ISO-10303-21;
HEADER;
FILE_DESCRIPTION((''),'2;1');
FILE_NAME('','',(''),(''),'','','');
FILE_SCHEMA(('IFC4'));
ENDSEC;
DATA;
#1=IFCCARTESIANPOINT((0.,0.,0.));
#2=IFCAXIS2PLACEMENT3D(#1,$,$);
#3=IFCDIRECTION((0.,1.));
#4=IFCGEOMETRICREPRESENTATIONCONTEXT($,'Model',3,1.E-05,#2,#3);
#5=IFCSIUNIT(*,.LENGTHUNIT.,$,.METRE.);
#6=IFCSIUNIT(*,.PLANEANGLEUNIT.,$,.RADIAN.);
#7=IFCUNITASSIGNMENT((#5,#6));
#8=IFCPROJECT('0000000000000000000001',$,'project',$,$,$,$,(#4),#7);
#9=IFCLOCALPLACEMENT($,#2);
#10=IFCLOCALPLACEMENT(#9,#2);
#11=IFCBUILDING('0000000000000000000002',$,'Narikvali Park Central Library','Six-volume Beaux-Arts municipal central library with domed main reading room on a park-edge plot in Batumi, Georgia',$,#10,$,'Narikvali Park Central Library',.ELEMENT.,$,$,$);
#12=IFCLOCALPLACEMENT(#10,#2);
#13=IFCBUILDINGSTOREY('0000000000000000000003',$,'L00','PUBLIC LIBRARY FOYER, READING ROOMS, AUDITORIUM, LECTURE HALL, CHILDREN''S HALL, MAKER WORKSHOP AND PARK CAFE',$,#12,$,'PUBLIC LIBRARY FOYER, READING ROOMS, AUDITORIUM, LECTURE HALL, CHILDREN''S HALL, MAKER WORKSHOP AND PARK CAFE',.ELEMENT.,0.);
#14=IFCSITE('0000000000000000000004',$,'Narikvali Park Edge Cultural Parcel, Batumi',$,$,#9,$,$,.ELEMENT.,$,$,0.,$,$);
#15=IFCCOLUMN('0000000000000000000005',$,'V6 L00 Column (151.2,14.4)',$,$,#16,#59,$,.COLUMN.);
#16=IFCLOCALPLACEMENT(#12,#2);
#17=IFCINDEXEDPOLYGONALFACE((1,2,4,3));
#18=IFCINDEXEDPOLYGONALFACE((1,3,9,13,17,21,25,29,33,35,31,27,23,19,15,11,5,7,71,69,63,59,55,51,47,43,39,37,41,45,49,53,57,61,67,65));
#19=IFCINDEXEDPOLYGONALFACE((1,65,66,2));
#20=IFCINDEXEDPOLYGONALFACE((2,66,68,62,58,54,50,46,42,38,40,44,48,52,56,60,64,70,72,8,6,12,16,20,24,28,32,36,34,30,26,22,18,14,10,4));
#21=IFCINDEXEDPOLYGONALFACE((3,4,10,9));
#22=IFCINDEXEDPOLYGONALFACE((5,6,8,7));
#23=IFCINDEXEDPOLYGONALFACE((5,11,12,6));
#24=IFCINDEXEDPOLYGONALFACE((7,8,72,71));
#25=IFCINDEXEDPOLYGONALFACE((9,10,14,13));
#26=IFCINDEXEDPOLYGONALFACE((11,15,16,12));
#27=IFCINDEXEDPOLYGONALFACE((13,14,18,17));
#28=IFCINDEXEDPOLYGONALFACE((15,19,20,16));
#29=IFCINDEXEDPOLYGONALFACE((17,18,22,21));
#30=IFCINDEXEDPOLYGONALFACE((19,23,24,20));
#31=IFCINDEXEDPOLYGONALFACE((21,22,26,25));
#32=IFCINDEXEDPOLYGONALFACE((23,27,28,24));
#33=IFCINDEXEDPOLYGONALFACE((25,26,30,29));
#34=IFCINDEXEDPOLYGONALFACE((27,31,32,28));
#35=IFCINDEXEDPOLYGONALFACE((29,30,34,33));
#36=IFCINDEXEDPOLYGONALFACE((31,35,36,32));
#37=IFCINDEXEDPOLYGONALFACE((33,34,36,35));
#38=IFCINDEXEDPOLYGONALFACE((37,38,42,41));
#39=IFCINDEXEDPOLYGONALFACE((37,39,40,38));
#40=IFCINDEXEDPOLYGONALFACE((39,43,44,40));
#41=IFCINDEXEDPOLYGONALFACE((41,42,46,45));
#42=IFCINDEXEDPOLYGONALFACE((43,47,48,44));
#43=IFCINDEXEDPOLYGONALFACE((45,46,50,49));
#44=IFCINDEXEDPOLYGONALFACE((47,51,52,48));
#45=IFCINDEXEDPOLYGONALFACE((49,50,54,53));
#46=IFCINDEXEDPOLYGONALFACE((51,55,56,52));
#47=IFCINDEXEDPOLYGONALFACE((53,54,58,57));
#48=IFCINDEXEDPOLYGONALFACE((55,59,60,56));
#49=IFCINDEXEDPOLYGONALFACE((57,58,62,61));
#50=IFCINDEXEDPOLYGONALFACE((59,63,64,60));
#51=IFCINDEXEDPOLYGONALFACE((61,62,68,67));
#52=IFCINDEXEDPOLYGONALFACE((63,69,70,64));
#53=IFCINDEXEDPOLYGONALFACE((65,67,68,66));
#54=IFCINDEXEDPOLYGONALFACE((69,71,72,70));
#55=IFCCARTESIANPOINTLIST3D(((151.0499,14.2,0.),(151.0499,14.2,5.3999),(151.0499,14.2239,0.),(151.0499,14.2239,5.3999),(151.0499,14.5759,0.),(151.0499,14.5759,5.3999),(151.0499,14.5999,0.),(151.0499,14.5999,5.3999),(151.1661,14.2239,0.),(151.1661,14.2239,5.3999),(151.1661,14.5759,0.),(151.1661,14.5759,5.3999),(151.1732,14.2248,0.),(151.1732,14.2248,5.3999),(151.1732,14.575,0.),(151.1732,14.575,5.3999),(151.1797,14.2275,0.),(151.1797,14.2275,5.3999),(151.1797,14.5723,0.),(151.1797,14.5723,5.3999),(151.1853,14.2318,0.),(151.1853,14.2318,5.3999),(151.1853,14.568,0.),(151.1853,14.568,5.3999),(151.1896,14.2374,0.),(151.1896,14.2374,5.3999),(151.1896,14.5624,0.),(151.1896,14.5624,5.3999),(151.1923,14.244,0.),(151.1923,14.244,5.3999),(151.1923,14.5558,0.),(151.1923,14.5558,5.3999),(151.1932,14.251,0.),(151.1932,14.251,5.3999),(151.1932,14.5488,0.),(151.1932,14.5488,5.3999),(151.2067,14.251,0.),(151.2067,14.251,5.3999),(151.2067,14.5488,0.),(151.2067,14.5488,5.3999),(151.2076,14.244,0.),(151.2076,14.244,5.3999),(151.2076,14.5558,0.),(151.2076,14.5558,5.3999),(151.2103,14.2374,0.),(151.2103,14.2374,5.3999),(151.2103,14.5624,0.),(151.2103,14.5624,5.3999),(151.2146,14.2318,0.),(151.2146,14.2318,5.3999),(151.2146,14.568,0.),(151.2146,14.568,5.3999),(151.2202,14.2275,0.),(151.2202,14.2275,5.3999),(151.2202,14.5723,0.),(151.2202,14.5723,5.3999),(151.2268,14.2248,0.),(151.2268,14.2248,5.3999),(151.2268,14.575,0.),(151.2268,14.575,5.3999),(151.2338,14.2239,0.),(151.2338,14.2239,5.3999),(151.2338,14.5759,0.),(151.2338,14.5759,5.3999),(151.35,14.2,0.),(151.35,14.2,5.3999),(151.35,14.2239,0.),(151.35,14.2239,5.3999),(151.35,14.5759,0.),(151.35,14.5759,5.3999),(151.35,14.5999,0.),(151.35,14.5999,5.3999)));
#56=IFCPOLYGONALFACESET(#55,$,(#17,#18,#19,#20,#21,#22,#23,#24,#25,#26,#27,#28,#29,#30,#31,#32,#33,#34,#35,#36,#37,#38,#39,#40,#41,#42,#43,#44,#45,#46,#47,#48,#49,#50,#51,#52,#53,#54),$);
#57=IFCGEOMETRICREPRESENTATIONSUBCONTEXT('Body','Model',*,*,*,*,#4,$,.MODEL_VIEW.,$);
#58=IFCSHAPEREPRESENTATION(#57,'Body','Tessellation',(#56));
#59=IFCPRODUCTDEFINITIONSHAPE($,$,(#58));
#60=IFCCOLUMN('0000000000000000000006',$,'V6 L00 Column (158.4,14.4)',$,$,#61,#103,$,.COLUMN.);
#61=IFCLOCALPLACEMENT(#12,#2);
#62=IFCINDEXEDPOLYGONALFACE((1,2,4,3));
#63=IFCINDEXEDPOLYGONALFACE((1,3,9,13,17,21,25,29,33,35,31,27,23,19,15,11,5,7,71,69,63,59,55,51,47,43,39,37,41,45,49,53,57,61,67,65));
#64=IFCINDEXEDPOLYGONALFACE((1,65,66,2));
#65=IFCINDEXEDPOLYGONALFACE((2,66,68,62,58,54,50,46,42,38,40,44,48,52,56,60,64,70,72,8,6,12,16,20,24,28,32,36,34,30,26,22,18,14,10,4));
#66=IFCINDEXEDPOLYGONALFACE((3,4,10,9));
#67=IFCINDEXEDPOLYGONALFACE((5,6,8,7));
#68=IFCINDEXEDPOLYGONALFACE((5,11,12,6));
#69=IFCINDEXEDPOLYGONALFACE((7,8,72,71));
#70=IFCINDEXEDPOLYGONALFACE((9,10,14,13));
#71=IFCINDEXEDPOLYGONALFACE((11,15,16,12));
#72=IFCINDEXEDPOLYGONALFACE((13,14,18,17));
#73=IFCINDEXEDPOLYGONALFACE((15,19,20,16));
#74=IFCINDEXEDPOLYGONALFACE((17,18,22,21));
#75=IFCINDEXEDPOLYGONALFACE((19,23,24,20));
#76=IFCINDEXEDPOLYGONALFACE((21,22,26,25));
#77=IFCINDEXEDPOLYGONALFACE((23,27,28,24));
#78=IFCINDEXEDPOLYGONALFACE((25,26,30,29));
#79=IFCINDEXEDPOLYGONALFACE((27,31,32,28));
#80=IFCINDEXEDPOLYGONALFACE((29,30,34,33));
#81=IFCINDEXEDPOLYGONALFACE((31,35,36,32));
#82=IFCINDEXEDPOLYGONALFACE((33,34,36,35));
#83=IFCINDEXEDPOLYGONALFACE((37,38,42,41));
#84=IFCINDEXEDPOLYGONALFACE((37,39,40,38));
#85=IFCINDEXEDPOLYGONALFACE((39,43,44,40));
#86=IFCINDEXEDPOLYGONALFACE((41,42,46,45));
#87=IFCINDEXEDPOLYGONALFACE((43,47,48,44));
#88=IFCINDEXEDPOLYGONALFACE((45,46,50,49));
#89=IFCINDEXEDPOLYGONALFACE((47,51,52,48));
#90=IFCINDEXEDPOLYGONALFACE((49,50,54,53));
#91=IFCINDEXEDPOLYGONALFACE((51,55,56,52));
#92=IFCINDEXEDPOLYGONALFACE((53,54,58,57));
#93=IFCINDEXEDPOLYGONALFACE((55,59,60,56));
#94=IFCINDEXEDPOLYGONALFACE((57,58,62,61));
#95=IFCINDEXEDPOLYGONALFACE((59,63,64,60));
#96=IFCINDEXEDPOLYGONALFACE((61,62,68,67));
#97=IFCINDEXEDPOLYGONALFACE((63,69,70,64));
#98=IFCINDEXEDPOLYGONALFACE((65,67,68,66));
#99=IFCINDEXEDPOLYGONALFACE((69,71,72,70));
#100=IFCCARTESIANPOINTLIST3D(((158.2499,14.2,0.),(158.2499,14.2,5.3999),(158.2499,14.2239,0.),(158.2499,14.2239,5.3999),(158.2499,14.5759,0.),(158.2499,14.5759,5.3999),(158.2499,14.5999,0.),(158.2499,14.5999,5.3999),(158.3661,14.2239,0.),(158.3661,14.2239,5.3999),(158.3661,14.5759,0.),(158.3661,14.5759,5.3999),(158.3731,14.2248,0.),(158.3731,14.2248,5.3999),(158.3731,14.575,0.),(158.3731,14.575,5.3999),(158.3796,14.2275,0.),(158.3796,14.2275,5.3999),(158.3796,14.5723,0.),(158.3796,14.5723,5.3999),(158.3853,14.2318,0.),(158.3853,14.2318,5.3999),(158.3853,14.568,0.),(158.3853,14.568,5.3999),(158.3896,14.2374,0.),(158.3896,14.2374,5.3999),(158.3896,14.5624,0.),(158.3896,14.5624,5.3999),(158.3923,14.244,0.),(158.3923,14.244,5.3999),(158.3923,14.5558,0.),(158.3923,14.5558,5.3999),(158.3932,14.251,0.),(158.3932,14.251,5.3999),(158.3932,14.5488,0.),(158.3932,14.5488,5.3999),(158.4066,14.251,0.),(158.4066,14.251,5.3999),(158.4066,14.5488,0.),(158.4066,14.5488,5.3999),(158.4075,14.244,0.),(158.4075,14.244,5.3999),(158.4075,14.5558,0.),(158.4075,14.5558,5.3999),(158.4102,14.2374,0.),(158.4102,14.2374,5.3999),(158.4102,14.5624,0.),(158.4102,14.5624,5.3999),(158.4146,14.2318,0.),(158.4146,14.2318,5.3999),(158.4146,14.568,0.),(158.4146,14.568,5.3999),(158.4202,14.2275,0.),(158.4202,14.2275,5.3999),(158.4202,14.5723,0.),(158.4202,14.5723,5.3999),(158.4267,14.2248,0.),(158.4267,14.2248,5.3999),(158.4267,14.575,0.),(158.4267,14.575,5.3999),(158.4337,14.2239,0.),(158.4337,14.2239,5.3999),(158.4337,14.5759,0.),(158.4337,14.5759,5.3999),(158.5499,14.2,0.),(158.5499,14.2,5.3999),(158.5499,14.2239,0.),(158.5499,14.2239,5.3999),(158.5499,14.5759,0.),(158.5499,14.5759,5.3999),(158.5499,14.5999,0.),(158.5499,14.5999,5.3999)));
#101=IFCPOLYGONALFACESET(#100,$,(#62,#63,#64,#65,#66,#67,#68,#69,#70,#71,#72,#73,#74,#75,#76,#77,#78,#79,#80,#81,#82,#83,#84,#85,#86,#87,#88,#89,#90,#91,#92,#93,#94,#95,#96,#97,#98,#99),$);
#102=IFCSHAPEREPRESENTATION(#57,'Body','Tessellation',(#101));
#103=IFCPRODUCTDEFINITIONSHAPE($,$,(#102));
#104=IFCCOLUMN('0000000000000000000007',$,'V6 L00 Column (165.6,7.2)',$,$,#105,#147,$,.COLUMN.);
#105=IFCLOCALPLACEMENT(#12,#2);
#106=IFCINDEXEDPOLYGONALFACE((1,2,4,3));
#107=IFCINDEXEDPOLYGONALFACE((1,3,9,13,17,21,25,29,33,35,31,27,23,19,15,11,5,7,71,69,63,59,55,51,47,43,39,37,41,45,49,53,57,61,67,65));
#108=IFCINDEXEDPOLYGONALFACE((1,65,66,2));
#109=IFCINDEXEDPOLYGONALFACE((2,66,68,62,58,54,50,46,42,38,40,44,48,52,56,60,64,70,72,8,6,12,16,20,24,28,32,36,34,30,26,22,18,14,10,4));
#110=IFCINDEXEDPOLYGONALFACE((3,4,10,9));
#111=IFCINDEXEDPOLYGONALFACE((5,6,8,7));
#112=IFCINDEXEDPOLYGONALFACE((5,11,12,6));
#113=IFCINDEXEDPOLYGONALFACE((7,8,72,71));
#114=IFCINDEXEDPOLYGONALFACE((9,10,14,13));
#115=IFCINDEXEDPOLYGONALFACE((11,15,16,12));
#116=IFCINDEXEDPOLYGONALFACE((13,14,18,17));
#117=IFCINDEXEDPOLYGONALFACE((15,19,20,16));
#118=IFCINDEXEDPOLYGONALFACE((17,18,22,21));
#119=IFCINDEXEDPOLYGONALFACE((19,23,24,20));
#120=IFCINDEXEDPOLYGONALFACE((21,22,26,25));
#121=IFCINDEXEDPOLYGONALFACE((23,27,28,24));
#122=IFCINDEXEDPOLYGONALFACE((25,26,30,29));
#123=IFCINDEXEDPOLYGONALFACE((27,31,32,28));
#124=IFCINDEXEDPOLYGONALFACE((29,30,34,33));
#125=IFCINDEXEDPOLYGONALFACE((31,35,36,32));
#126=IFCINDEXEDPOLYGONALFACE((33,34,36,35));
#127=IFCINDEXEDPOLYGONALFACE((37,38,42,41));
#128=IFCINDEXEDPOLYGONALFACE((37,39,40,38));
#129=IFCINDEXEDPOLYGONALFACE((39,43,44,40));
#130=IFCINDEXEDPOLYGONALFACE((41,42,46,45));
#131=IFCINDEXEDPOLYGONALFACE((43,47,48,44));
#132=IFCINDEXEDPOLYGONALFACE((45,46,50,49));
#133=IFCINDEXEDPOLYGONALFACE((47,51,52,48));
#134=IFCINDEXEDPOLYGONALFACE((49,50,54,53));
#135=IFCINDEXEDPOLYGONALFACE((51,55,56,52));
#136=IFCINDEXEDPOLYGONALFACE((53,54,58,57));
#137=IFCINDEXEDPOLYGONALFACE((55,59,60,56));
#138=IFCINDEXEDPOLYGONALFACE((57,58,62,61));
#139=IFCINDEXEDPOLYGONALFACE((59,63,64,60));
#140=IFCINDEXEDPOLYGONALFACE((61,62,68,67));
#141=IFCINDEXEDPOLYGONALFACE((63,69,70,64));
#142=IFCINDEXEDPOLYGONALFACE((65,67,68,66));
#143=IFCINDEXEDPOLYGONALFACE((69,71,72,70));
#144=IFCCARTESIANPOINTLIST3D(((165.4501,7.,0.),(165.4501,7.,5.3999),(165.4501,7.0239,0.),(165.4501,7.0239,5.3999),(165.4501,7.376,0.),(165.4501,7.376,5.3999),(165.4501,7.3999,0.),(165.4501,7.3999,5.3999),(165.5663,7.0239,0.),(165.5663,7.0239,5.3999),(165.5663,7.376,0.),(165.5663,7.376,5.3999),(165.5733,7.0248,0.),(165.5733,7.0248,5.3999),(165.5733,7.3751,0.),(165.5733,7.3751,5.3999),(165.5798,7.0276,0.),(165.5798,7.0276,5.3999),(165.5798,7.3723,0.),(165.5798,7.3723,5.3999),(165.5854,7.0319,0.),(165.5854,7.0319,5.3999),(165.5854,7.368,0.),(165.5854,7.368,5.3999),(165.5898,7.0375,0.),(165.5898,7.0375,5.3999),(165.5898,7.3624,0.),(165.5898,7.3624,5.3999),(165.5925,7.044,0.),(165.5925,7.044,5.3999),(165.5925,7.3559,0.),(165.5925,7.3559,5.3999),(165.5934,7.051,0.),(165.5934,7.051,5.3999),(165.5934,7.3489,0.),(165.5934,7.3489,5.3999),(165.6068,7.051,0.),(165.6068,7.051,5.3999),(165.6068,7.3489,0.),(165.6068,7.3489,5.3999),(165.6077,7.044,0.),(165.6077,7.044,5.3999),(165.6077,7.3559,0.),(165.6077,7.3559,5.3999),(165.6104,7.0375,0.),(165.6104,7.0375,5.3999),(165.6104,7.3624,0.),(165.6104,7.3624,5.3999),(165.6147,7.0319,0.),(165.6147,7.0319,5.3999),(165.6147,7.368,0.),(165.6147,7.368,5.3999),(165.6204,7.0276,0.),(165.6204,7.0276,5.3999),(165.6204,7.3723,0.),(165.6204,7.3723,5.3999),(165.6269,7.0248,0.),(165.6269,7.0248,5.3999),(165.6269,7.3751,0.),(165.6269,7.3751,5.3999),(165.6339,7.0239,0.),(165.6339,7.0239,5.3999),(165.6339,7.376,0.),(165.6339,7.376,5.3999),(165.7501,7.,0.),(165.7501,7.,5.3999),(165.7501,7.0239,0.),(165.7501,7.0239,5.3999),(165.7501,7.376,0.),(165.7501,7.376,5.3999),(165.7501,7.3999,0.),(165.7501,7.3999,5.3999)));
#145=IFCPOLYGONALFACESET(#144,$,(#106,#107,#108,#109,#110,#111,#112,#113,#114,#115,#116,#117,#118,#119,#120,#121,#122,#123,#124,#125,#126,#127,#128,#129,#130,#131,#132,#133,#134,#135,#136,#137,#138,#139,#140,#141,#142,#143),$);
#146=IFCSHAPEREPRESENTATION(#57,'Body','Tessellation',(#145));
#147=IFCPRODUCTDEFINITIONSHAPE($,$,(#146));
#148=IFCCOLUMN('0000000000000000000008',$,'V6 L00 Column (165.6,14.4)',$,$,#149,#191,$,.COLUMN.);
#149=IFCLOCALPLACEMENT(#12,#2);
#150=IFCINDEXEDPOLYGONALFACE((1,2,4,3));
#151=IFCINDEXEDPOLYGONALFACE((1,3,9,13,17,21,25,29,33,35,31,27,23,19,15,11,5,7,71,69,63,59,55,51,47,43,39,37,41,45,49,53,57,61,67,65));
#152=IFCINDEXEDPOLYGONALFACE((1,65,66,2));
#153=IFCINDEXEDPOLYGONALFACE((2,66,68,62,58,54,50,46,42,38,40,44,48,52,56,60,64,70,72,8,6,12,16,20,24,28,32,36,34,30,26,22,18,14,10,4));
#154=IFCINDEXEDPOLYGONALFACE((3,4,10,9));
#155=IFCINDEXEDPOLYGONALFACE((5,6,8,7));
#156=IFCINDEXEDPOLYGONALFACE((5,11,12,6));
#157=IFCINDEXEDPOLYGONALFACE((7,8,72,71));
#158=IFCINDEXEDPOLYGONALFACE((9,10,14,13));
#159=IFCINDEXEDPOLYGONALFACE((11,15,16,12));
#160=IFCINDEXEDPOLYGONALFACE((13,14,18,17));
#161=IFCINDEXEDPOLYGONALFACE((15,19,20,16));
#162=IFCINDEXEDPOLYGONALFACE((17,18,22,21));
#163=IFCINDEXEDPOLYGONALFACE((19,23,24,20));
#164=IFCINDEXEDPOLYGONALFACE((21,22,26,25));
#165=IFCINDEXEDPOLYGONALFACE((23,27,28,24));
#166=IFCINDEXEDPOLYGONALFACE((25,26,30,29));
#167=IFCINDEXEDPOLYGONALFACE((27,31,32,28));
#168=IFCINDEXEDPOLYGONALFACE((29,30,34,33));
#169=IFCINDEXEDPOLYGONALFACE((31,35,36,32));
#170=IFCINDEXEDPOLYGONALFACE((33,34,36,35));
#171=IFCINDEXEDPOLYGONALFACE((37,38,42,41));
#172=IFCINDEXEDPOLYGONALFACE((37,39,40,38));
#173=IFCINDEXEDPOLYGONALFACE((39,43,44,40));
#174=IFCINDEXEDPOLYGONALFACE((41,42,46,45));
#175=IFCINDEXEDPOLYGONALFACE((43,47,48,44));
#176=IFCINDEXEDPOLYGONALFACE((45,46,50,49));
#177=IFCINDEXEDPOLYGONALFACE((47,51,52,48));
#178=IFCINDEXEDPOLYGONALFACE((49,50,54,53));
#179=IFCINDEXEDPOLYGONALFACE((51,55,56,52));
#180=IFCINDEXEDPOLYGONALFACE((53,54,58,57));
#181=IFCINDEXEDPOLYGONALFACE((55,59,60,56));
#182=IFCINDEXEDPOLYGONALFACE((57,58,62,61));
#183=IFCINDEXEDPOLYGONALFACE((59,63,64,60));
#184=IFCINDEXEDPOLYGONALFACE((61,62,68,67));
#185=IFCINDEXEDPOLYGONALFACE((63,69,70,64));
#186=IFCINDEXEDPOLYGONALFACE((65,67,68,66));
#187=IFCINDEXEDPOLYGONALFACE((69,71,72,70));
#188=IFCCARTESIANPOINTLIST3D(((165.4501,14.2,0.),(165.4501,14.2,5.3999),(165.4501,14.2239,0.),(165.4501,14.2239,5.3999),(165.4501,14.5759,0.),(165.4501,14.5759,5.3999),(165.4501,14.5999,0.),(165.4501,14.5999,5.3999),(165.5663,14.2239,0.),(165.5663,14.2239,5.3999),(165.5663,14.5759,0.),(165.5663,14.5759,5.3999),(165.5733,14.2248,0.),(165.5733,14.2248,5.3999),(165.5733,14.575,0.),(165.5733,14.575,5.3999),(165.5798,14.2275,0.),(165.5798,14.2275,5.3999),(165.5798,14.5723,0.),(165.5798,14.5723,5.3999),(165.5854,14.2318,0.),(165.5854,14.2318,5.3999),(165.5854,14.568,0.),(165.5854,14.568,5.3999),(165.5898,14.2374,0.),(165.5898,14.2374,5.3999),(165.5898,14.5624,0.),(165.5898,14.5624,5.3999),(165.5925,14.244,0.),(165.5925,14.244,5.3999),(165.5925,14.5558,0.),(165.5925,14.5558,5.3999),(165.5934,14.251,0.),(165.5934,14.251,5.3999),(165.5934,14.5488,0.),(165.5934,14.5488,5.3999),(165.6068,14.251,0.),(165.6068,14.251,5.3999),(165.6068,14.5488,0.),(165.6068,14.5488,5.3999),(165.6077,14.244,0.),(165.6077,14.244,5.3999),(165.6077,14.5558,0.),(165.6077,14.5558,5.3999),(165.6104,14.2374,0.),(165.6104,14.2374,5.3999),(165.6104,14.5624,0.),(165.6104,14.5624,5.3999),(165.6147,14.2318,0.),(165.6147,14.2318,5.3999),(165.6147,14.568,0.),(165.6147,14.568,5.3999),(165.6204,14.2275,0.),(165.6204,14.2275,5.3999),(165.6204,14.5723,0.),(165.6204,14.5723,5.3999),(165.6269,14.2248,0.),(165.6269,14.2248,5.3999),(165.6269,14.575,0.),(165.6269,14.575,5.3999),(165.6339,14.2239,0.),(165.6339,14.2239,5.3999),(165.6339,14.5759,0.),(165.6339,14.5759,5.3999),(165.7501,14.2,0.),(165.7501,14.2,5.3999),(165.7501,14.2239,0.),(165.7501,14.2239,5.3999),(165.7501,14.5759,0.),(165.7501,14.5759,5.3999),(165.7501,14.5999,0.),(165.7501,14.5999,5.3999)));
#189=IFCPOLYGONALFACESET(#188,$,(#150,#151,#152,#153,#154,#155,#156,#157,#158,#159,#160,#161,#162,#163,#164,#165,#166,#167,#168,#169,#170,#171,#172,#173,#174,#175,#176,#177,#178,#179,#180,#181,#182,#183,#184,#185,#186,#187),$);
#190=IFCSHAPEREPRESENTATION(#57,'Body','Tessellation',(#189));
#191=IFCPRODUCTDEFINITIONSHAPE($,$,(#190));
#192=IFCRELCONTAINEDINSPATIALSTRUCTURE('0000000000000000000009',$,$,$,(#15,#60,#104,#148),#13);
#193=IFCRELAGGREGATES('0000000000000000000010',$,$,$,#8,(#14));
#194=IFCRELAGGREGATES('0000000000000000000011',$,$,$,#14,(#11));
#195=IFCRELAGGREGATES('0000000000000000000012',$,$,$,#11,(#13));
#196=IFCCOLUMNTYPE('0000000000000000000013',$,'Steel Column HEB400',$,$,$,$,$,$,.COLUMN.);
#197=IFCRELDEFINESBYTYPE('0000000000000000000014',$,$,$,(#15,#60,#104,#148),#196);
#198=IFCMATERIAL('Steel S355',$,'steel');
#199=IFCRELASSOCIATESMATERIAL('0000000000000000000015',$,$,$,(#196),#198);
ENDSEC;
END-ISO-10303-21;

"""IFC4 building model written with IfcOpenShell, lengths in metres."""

from ifc_helpers import new_model, si_unit, direction, frame, origin, origin_2d, place, context, subcontext, project, spatial, i_section, extrude, material, material_profile, profile_set, type_object, element, save


model = new_model("IFC4")

# Units and contexts
model_context = context("Model", 3, precision=1e-05, world=origin(), true_north=direction((0.0, 1.0)))
body_context = subcontext(model_context, "Body", "Model", "MODEL_VIEW")
ifc_project = project(units=[si_unit("LENGTHUNIT", "METRE"), si_unit("PLANEANGLEUNIT", "RADIAN")], contexts=[model_context])

# Site, building, storey
site_placement = place(None, origin())
site = spatial("IfcSite", under=ifc_project, at=site_placement, Name="Narikvali Park Edge Cultural Parcel, Batumi", CompositionType="ELEMENT", RefElevation=0.0)
building_placement = place(site_placement, origin())
building = spatial("IfcBuilding", under=site, at=building_placement, Name="Narikvali Park Central Library", Description="Six-volume Beaux-Arts municipal central library with domed main reading room on a park-edge plot in Batumi, Georgia", LongName="Narikvali Park Central Library", CompositionType="ELEMENT")
storey_placement = place(building_placement, origin())
storey = spatial("IfcBuildingStorey", under=building, at=storey_placement, Name="L00", Description="PUBLIC LIBRARY FOYER, READING ROOMS, AUDITORIUM, LECTURE HALL, CHILDREN'S HALL, MAKER WORKSHOP AND PARK CAFE", LongName="PUBLIC LIBRARY FOYER, READING ROOMS, AUDITORIUM, LECTURE HALL, CHILDREN'S HALL, MAKER WORKSHOP AND PARK CAFE", CompositionType="ELEMENT", Elevation=0.0)

# Columns
ifc_material_1 = material(Name="Steel S355", Category="steel")
ifc_material_profile_1 = material_profile(ifc_material_1, i_section(OverallWidth=0.3, OverallDepth=0.3999, WebThickness=0.0134, FlangeThickness=0.0239, FilletRadius=0.0271, at=origin_2d()), Name="HEB 400")
ifc_profile_set_1 = profile_set([ifc_material_profile_1], Name="Steel S355")
column_type = type_object("IfcColumnType", Name="Steel Column HEB400", PredefinedType="COLUMN", material=ifc_profile_set_1)
for number, where, z_axis, x_axis, name in (
    (1, (151.2, 14.3999, 0.0), (0.0, 0.0, 1.0), (1.0, 0.0, 0.0), "V6 L00 Column (151.2,14.4)"),
    (2, (158.3999, 14.3999, 0.0), (0.0, 0.0, 1.0), (1.0, 0.0, 0.0), "V6 L00 Column (158.4,14.4)"),
    (3, (165.6001, 7.2, 0.0), (0.0, 0.0, 1.0), (1.0, 0.0, 0.0), "V6 L00 Column (165.6,7.2)"),
    (4, (165.6001, 14.3999, 0.0), (0.0, 0.0, 1.0), (1.0, 0.0, 0.0), "V6 L00 Column (165.6,14.4)"),
):
    element("IfcColumn", number, at=place(storey_placement, frame(where, z_axis=z_axis, x_axis=x_axis)), inside=storey, type_object=column_type, Name=name, PredefinedType="COLUMN", context=body_context, shape_type="SweptSolid", body=[
        extrude(i_section(OverallWidth=0.3, OverallDepth=0.3999, WebThickness=0.0134, FlangeThickness=0.0239, FilletRadius=0.0271, at=origin_2d()), origin(), (0.0, 0.0, 1.0), 5.3999),
    ])

save(model, "model.ifc")
